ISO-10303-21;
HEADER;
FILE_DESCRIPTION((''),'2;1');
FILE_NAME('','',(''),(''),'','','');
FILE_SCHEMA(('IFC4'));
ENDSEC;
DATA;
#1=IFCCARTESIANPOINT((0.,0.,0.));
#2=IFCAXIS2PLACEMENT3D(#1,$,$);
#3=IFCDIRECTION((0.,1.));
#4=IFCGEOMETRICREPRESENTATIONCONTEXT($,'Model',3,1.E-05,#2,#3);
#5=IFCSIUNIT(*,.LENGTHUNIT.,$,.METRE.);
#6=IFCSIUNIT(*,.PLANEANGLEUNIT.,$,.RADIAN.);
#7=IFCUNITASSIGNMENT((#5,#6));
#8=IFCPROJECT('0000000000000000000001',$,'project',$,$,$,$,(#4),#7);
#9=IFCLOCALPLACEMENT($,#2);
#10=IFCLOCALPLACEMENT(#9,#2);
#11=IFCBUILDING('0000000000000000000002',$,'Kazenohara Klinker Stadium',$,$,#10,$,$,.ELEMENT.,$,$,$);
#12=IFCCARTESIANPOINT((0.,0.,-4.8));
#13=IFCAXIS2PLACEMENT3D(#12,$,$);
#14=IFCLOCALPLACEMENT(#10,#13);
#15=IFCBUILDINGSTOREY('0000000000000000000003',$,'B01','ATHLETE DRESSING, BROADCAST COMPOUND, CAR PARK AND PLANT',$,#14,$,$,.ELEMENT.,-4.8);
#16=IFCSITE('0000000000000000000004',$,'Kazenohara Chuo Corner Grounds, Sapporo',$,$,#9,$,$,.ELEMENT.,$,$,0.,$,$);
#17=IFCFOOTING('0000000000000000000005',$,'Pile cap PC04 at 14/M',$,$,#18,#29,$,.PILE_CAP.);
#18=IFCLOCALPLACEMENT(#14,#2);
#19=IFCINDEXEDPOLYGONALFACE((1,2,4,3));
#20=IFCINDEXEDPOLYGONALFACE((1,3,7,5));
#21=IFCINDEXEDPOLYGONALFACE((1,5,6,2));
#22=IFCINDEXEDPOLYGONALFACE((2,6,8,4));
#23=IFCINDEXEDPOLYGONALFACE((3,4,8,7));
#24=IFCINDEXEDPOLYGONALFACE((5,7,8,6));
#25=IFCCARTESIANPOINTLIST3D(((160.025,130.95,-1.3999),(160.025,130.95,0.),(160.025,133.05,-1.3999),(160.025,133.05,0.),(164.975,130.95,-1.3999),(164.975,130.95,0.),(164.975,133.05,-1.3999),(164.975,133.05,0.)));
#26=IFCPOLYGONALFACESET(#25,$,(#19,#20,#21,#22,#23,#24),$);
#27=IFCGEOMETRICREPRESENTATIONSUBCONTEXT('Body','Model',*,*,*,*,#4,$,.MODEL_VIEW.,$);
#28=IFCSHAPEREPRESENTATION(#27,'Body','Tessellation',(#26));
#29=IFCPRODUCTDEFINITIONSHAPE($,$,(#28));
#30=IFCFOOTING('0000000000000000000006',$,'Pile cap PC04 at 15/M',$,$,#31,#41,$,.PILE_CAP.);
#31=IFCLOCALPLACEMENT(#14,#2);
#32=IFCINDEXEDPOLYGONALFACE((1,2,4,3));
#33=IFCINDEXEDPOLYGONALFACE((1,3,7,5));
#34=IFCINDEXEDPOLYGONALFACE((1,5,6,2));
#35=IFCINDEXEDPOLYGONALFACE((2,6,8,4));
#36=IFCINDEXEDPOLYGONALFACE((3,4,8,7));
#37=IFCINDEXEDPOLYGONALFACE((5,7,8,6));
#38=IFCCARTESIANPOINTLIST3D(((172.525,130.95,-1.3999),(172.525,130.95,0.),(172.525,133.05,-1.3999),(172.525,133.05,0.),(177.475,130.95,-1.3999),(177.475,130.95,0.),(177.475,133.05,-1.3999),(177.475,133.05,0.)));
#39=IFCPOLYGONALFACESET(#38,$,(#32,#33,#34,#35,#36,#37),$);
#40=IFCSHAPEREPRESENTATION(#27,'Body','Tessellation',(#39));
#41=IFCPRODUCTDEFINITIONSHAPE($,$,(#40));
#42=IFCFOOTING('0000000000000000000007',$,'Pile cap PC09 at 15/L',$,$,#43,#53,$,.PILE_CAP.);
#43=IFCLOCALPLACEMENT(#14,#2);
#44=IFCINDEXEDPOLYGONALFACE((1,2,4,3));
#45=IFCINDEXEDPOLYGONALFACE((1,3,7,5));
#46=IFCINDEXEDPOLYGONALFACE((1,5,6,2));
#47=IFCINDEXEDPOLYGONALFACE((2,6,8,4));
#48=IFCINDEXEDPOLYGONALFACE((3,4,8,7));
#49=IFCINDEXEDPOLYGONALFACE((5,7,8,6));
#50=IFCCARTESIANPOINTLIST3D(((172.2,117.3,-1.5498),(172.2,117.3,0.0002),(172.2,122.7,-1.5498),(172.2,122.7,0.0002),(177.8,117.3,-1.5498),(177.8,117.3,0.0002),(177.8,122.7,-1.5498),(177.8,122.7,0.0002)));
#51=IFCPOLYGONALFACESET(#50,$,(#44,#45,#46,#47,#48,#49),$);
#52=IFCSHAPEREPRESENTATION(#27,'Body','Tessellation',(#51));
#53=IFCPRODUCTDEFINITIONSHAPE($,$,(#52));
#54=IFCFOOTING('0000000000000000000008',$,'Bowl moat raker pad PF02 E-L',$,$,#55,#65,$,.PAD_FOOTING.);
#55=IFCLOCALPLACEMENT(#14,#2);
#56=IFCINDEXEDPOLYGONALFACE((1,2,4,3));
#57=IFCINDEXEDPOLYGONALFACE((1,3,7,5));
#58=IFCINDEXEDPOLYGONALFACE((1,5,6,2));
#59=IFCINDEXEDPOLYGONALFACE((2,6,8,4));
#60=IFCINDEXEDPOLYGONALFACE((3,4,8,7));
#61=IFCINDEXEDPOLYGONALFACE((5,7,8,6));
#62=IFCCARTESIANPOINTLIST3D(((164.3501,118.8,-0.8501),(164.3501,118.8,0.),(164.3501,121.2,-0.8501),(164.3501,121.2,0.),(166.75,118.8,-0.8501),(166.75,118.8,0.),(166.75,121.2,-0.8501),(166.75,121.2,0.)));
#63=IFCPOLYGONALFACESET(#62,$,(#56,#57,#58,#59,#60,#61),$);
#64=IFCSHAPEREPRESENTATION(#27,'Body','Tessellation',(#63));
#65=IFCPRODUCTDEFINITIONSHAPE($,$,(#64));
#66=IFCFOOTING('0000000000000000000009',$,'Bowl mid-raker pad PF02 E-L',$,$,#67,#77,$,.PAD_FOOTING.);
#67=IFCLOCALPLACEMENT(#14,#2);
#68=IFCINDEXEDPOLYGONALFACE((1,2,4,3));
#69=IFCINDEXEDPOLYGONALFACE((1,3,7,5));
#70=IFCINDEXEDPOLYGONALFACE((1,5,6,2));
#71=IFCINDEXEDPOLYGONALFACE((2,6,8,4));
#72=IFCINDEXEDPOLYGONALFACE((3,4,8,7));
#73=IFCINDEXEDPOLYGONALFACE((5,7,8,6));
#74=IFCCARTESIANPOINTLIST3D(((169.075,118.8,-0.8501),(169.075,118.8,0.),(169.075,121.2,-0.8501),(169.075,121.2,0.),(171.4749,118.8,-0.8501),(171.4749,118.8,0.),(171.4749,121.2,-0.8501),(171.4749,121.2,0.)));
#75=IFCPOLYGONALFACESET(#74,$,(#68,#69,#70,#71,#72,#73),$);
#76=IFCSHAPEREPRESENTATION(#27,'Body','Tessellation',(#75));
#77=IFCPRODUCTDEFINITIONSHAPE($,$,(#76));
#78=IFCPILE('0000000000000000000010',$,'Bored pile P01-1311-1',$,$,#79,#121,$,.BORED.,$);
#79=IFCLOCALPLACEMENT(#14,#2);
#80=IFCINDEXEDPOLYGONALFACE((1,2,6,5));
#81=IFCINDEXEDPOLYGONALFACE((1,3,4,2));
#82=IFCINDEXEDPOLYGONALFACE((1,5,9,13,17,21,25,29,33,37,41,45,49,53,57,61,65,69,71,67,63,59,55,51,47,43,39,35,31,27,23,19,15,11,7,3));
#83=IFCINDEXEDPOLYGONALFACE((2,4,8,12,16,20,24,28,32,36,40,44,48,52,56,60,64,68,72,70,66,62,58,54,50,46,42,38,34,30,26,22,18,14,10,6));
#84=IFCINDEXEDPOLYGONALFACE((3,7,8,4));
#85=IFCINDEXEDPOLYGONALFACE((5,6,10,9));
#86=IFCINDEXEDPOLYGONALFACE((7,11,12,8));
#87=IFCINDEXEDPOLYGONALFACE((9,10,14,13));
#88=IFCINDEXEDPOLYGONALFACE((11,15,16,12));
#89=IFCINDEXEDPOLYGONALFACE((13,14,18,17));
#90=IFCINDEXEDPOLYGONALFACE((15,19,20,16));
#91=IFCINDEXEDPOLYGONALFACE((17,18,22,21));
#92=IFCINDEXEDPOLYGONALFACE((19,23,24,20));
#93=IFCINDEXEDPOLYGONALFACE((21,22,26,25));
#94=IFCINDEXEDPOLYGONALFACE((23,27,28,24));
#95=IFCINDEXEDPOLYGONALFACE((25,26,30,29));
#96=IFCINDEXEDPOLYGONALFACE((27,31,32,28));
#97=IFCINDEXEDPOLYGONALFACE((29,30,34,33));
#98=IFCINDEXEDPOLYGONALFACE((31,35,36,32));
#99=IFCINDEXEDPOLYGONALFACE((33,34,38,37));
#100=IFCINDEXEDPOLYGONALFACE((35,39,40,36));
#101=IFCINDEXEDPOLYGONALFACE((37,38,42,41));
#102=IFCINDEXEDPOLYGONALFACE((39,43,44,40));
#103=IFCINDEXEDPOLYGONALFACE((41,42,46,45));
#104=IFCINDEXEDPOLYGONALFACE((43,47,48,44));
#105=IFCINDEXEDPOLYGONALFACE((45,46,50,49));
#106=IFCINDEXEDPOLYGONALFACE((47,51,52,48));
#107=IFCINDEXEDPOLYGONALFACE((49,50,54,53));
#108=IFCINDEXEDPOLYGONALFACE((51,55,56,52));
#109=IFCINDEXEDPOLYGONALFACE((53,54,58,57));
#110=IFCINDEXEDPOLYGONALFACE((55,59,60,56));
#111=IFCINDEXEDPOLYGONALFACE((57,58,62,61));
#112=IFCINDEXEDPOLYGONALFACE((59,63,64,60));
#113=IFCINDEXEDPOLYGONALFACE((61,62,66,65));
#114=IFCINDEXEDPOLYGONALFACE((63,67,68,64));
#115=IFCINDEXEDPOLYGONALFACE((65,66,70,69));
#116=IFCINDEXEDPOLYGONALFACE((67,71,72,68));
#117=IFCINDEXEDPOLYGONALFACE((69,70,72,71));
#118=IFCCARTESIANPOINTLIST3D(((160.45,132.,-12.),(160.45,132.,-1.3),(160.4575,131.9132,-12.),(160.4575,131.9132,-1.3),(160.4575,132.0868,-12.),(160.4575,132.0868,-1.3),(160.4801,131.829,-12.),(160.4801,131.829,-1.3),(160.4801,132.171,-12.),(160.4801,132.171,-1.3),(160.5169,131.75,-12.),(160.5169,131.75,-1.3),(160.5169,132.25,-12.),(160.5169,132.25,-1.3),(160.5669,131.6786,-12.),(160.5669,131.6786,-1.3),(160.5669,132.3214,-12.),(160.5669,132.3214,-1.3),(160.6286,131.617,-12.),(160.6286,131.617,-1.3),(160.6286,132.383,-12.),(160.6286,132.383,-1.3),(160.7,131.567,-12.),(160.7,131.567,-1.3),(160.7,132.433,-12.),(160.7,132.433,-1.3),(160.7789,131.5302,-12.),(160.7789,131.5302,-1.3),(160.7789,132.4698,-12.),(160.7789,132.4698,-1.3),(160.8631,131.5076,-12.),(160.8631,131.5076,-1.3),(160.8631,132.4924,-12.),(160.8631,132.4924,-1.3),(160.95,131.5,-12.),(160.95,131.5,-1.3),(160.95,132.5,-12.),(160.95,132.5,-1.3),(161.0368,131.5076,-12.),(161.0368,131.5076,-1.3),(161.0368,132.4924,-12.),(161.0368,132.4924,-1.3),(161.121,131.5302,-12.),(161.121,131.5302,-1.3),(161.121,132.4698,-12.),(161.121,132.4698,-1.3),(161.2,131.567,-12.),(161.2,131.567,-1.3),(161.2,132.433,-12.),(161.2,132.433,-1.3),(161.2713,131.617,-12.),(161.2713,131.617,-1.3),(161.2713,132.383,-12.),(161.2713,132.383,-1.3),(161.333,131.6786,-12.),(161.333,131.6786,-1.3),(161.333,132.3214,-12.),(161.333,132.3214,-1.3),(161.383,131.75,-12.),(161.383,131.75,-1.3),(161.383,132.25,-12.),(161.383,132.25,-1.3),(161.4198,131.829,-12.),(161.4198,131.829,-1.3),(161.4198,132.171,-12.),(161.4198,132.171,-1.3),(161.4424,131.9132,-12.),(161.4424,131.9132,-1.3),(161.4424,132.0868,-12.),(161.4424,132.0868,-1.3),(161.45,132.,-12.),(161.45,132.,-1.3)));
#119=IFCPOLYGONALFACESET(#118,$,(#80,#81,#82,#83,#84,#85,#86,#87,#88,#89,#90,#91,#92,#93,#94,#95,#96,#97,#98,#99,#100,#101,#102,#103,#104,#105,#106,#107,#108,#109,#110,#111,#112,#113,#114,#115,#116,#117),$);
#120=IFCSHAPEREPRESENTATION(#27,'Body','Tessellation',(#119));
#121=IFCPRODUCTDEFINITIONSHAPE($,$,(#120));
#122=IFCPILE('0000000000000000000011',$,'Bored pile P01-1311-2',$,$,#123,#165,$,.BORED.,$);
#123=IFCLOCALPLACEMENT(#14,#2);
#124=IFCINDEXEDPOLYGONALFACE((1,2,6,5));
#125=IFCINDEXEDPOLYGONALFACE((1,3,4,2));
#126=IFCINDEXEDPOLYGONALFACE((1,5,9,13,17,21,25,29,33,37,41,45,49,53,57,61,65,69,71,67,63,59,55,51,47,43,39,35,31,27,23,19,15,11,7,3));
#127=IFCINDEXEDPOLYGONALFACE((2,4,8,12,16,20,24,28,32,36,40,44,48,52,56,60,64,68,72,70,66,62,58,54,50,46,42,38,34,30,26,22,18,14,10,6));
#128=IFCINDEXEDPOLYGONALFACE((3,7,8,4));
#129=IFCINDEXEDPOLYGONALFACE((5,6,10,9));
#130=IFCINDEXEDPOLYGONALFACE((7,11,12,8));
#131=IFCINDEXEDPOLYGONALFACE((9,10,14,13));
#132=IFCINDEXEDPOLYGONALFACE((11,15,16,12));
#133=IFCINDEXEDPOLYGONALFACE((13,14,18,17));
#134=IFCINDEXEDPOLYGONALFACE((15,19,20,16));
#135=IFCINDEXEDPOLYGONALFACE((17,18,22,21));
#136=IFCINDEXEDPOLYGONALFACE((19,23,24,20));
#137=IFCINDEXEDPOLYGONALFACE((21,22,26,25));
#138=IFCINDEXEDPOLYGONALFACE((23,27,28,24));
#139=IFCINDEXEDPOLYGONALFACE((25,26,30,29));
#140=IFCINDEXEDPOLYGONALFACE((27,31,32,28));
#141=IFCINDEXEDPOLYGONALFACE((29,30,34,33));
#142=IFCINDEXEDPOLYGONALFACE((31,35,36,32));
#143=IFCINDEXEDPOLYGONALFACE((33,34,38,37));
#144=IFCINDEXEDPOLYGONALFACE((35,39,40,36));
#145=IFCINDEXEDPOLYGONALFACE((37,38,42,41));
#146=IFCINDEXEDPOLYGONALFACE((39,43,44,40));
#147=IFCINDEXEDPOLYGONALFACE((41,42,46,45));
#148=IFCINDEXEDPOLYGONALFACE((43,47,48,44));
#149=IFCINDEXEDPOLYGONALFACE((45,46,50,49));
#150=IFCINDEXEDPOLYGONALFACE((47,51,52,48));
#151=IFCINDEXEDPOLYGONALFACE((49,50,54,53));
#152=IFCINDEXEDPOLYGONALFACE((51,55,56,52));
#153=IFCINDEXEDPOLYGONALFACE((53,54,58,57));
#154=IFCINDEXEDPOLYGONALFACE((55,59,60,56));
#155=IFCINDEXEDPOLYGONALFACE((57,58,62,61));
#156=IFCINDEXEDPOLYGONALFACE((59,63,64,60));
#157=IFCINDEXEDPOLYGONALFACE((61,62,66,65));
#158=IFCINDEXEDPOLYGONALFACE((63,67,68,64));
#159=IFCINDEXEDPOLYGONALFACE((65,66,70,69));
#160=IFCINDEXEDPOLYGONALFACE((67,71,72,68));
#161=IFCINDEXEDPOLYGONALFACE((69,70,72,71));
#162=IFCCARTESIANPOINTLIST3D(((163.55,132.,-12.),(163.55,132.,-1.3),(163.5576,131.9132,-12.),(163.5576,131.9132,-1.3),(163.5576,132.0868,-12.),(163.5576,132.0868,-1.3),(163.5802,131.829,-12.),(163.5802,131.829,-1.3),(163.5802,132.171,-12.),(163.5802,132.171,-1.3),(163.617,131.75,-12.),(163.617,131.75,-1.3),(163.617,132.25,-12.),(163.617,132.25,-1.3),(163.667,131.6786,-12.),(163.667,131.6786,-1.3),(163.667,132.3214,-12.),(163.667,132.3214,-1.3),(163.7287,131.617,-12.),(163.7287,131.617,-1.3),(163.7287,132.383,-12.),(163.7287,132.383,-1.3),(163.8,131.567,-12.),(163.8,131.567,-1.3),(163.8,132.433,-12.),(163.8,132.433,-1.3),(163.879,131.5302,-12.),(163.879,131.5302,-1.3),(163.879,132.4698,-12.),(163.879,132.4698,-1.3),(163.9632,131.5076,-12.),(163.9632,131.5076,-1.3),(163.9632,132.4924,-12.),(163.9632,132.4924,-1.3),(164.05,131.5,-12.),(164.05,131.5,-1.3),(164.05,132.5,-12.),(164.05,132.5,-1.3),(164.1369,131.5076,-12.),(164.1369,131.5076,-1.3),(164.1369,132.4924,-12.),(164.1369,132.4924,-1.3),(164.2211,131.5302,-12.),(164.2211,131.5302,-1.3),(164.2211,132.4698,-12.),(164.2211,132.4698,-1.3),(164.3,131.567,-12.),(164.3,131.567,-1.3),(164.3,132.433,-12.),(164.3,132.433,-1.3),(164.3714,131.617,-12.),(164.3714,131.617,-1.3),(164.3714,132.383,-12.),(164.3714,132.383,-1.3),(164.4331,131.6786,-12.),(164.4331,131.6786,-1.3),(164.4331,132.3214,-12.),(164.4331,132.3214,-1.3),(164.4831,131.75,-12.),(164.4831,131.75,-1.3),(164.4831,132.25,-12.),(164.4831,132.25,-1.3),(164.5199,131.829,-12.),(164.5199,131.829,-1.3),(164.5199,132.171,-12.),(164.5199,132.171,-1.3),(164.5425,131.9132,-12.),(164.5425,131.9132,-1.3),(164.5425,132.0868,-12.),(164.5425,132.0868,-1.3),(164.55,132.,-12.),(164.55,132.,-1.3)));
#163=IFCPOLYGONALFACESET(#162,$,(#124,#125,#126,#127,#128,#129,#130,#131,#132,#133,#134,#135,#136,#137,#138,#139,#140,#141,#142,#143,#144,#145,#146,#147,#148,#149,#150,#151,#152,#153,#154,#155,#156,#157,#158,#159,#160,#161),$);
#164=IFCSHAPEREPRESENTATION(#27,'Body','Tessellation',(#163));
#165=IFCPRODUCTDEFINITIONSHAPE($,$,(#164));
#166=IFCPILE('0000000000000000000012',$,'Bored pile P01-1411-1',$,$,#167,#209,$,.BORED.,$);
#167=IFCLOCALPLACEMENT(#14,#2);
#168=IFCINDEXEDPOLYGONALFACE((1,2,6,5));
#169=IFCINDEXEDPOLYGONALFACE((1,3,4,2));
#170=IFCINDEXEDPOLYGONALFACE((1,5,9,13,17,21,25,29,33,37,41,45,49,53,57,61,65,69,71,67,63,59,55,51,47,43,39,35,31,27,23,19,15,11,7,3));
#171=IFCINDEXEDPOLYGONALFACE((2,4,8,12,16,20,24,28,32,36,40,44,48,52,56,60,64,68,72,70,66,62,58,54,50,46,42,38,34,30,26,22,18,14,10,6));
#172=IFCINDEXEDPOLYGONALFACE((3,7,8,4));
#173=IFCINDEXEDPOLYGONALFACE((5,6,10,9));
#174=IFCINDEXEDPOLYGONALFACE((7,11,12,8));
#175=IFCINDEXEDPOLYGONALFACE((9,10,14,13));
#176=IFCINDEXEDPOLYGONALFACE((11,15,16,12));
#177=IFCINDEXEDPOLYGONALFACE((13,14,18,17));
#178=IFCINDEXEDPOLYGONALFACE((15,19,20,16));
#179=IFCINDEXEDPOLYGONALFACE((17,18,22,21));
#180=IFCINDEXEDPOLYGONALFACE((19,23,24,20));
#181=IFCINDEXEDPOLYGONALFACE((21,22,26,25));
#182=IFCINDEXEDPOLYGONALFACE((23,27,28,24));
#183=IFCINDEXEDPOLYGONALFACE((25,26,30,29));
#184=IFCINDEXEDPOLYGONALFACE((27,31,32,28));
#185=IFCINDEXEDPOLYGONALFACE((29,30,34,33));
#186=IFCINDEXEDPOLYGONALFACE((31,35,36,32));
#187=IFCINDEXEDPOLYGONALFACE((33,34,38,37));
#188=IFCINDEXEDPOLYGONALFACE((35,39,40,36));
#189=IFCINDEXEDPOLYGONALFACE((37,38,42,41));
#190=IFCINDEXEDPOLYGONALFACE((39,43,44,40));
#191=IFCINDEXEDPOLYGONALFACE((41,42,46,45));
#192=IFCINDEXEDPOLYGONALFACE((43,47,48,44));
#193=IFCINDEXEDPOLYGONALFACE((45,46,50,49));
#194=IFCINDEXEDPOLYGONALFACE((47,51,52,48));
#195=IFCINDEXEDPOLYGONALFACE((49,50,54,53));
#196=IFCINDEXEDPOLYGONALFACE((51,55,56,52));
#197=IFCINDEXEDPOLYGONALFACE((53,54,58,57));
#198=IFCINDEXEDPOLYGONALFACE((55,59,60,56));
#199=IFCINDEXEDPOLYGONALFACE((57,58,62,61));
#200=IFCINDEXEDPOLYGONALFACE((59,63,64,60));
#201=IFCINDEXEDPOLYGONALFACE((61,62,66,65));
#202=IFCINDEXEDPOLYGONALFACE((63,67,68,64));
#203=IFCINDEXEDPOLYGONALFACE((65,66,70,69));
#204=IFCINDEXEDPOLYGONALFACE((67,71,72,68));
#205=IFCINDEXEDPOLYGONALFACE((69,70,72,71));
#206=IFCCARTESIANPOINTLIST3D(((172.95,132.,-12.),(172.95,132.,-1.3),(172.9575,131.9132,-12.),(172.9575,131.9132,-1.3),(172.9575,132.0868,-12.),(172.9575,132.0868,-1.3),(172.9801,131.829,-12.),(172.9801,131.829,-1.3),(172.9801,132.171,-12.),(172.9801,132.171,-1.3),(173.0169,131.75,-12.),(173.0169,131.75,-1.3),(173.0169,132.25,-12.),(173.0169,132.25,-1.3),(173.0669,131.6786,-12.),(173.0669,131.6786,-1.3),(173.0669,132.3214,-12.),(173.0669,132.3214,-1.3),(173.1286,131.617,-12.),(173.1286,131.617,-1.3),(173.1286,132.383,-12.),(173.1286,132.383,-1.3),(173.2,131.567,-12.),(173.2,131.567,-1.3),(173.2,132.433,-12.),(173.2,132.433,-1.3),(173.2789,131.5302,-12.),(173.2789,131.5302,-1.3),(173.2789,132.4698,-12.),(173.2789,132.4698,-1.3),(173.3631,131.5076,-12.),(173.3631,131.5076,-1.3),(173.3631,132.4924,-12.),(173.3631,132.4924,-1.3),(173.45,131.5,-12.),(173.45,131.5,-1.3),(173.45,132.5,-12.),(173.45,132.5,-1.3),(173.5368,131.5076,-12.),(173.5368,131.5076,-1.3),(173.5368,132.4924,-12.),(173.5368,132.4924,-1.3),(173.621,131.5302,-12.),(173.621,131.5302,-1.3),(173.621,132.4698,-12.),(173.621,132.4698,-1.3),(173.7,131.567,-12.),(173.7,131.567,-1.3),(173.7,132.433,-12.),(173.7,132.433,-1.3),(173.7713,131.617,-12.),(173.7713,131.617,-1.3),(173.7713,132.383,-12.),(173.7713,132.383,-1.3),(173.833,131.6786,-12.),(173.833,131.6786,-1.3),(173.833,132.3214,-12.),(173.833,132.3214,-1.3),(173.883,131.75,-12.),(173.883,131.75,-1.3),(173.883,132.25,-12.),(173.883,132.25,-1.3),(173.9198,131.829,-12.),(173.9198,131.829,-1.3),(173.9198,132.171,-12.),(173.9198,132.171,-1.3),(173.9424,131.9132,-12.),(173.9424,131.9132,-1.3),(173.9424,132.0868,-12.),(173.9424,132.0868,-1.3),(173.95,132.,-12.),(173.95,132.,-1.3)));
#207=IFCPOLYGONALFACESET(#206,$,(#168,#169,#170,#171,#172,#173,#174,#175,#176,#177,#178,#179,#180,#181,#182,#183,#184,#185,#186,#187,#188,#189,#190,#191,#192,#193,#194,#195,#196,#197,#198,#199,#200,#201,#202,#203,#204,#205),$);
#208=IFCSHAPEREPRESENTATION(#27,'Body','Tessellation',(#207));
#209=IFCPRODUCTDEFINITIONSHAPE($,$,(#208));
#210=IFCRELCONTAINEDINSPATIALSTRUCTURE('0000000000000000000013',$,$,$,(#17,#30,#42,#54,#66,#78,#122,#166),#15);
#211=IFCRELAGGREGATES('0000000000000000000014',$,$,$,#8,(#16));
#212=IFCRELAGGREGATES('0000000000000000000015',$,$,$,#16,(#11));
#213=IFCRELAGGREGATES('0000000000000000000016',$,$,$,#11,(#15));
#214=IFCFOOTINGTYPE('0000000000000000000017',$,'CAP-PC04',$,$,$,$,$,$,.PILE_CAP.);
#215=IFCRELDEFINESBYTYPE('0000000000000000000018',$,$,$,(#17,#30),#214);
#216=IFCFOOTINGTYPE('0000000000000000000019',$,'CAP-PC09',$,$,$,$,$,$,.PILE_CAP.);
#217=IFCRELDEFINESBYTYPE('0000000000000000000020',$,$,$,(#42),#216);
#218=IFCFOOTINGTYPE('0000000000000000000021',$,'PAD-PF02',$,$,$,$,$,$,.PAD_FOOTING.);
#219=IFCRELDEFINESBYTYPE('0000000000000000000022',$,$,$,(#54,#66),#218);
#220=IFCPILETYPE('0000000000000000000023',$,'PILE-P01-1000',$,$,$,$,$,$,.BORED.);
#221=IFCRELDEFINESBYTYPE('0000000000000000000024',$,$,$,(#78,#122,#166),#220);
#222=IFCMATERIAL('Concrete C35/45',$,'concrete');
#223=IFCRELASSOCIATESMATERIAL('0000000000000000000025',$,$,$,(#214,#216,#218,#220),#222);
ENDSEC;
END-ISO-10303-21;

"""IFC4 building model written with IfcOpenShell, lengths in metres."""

from ifc_helpers import new_model, si_unit, direction, frame, origin, origin_2d, place, context, subcontext, project, spatial, rectangle, circle, extrude, material, material_profile, profile_set, type_object, element, save


model = new_model("IFC4")

# Units and contexts
model_context = context("Model", 3, precision=1e-05, world=origin(), true_north=direction((0.0, 1.0)))
body_context = subcontext(model_context, "Body", "Model", "MODEL_VIEW")
ifc_project = project(units=[si_unit("LENGTHUNIT", "METRE"), si_unit("PLANEANGLEUNIT", "RADIAN")], contexts=[model_context])

# Site, building, storey
site_placement = place(None, origin())
site = spatial("IfcSite", under=ifc_project, at=site_placement, Name="Kazenohara Chuo Corner Grounds, Sapporo", CompositionType="ELEMENT", RefElevation=0.0)
building_placement = place(site_placement, origin())
building = spatial("IfcBuilding", under=site, at=building_placement, Name="Kazenohara Klinker Stadium", CompositionType="ELEMENT")
storey_placement = place(building_placement, frame((0.0, 0.0, -4.8)))
storey = spatial("IfcBuildingStorey", under=building, at=storey_placement, Name="B01", Description="ATHLETE DRESSING, BROADCAST COMPOUND, CAR PARK AND PLANT", CompositionType="ELEMENT", Elevation=-4.8)

# Footings
ifc_material_1 = material(Name="Concrete C35/45", Category="concrete")
footing_type_1 = type_object("IfcFootingType", Name="CAP-PC04", PredefinedType="PILE_CAP", material=ifc_material_1)
for number, where, z_axis, x_axis, name in (
    (1, (162.5, 132.0, -1.3999), (0.0, 0.0, 1.0), (1.0, 0.0, 0.0), "Pile cap PC04 at 14/M"),
    (2, (175.0, 132.0, -1.3999), (0.0, 0.0, 1.0), (1.0, 0.0, 0.0), "Pile cap PC04 at 15/M"),
):
    element("IfcFooting", number, at=place(storey_placement, frame(where, z_axis=z_axis, x_axis=x_axis)), inside=storey, type_object=footing_type_1, Name=name, PredefinedType="PILE_CAP", context=body_context, shape_type="SweptSolid", body=[
        extrude(rectangle(XDim=4.95, YDim=2.1001, at=origin_2d()), origin(), (0.0, 0.0, 1.0), 1.3999),
    ])
footing_type_2 = type_object("IfcFootingType", Name="CAP-PC09", PredefinedType="PILE_CAP", material=ifc_material_1)
footing_placement = place(storey_placement, frame((175.0, 120.0, -1.5498), z_axis=(0.0, 0.0, 1.0), x_axis=(1.0, 0.0, 0.0)))
element("IfcFooting", 3, at=footing_placement, inside=storey, type_object=footing_type_2, Name="Pile cap PC09 at 15/L", PredefinedType="PILE_CAP", context=body_context, shape_type="SweptSolid", body=[
    extrude(rectangle(XDim=5.6001, YDim=5.3999, at=origin_2d()), origin(), (0.0, 0.0, 1.0), 1.55),
])
footing_type_3 = type_object("IfcFootingType", Name="PAD-PF02", PredefinedType="PAD_FOOTING", material=ifc_material_1)
for number, where, z_axis, x_axis, name in (
    (4, (165.55, 120.0, -0.8501), (0.0, 0.0, 1.0), (1.0, 0.0, 0.0), "Bowl moat raker pad PF02 E-L"),
    (5, (170.2749, 120.0, -0.8501), (0.0, 0.0, 1.0), (1.0, 0.0, 0.0), "Bowl mid-raker pad PF02 E-L"),
):
    element("IfcFooting", number, at=place(storey_placement, frame(where, z_axis=z_axis, x_axis=x_axis)), inside=storey, type_object=footing_type_3, Name=name, PredefinedType="PAD_FOOTING", context=body_context, shape_type="SweptSolid", body=[
        extrude(rectangle(XDim=2.3999, YDim=2.3999, at=origin_2d()), origin(), (0.0, 0.0, 1.0), 0.8501),
    ])

# Piles
ifc_material_profile_1 = material_profile(ifc_material_1, circle(Radius=0.5, at=origin_2d()), Name="BORED-PILE-1000")
ifc_profile_set_1 = profile_set([ifc_material_profile_1], Name="Concrete C35/45")
pile_type_1 = type_object("IfcPileType", Name="PILE-P01-1000", PredefinedType="BORED", material=ifc_profile_set_1)
for number, where, z_axis, x_axis, name in (
    (6, (160.95, 132.0, -1.3), (0.0, 0.0, -1.0), (1.0, 0.0, 0.0), "Bored pile P01-1311-1"),
    (7, (164.05, 132.0, -1.3), (0.0, 0.0, -1.0), (1.0, 0.0, 0.0), "Bored pile P01-1311-2"),
    (8, (173.45, 132.0, -1.3), (0.0, 0.0, -1.0), (1.0, 0.0, 0.0), "Bored pile P01-1411-1"),
):
    element("IfcPile", number, at=place(storey_placement, frame(where, z_axis=z_axis, x_axis=x_axis)), inside=storey, type_object=pile_type_1, Name=name, PredefinedType="BORED", context=body_context, shape_type="SweptSolid", body=[
        extrude(circle(Radius=0.5, at=origin_2d()), origin(), (0.0, 0.0, 1.0), 10.7),
    ])

save(model, "model.ifc")
